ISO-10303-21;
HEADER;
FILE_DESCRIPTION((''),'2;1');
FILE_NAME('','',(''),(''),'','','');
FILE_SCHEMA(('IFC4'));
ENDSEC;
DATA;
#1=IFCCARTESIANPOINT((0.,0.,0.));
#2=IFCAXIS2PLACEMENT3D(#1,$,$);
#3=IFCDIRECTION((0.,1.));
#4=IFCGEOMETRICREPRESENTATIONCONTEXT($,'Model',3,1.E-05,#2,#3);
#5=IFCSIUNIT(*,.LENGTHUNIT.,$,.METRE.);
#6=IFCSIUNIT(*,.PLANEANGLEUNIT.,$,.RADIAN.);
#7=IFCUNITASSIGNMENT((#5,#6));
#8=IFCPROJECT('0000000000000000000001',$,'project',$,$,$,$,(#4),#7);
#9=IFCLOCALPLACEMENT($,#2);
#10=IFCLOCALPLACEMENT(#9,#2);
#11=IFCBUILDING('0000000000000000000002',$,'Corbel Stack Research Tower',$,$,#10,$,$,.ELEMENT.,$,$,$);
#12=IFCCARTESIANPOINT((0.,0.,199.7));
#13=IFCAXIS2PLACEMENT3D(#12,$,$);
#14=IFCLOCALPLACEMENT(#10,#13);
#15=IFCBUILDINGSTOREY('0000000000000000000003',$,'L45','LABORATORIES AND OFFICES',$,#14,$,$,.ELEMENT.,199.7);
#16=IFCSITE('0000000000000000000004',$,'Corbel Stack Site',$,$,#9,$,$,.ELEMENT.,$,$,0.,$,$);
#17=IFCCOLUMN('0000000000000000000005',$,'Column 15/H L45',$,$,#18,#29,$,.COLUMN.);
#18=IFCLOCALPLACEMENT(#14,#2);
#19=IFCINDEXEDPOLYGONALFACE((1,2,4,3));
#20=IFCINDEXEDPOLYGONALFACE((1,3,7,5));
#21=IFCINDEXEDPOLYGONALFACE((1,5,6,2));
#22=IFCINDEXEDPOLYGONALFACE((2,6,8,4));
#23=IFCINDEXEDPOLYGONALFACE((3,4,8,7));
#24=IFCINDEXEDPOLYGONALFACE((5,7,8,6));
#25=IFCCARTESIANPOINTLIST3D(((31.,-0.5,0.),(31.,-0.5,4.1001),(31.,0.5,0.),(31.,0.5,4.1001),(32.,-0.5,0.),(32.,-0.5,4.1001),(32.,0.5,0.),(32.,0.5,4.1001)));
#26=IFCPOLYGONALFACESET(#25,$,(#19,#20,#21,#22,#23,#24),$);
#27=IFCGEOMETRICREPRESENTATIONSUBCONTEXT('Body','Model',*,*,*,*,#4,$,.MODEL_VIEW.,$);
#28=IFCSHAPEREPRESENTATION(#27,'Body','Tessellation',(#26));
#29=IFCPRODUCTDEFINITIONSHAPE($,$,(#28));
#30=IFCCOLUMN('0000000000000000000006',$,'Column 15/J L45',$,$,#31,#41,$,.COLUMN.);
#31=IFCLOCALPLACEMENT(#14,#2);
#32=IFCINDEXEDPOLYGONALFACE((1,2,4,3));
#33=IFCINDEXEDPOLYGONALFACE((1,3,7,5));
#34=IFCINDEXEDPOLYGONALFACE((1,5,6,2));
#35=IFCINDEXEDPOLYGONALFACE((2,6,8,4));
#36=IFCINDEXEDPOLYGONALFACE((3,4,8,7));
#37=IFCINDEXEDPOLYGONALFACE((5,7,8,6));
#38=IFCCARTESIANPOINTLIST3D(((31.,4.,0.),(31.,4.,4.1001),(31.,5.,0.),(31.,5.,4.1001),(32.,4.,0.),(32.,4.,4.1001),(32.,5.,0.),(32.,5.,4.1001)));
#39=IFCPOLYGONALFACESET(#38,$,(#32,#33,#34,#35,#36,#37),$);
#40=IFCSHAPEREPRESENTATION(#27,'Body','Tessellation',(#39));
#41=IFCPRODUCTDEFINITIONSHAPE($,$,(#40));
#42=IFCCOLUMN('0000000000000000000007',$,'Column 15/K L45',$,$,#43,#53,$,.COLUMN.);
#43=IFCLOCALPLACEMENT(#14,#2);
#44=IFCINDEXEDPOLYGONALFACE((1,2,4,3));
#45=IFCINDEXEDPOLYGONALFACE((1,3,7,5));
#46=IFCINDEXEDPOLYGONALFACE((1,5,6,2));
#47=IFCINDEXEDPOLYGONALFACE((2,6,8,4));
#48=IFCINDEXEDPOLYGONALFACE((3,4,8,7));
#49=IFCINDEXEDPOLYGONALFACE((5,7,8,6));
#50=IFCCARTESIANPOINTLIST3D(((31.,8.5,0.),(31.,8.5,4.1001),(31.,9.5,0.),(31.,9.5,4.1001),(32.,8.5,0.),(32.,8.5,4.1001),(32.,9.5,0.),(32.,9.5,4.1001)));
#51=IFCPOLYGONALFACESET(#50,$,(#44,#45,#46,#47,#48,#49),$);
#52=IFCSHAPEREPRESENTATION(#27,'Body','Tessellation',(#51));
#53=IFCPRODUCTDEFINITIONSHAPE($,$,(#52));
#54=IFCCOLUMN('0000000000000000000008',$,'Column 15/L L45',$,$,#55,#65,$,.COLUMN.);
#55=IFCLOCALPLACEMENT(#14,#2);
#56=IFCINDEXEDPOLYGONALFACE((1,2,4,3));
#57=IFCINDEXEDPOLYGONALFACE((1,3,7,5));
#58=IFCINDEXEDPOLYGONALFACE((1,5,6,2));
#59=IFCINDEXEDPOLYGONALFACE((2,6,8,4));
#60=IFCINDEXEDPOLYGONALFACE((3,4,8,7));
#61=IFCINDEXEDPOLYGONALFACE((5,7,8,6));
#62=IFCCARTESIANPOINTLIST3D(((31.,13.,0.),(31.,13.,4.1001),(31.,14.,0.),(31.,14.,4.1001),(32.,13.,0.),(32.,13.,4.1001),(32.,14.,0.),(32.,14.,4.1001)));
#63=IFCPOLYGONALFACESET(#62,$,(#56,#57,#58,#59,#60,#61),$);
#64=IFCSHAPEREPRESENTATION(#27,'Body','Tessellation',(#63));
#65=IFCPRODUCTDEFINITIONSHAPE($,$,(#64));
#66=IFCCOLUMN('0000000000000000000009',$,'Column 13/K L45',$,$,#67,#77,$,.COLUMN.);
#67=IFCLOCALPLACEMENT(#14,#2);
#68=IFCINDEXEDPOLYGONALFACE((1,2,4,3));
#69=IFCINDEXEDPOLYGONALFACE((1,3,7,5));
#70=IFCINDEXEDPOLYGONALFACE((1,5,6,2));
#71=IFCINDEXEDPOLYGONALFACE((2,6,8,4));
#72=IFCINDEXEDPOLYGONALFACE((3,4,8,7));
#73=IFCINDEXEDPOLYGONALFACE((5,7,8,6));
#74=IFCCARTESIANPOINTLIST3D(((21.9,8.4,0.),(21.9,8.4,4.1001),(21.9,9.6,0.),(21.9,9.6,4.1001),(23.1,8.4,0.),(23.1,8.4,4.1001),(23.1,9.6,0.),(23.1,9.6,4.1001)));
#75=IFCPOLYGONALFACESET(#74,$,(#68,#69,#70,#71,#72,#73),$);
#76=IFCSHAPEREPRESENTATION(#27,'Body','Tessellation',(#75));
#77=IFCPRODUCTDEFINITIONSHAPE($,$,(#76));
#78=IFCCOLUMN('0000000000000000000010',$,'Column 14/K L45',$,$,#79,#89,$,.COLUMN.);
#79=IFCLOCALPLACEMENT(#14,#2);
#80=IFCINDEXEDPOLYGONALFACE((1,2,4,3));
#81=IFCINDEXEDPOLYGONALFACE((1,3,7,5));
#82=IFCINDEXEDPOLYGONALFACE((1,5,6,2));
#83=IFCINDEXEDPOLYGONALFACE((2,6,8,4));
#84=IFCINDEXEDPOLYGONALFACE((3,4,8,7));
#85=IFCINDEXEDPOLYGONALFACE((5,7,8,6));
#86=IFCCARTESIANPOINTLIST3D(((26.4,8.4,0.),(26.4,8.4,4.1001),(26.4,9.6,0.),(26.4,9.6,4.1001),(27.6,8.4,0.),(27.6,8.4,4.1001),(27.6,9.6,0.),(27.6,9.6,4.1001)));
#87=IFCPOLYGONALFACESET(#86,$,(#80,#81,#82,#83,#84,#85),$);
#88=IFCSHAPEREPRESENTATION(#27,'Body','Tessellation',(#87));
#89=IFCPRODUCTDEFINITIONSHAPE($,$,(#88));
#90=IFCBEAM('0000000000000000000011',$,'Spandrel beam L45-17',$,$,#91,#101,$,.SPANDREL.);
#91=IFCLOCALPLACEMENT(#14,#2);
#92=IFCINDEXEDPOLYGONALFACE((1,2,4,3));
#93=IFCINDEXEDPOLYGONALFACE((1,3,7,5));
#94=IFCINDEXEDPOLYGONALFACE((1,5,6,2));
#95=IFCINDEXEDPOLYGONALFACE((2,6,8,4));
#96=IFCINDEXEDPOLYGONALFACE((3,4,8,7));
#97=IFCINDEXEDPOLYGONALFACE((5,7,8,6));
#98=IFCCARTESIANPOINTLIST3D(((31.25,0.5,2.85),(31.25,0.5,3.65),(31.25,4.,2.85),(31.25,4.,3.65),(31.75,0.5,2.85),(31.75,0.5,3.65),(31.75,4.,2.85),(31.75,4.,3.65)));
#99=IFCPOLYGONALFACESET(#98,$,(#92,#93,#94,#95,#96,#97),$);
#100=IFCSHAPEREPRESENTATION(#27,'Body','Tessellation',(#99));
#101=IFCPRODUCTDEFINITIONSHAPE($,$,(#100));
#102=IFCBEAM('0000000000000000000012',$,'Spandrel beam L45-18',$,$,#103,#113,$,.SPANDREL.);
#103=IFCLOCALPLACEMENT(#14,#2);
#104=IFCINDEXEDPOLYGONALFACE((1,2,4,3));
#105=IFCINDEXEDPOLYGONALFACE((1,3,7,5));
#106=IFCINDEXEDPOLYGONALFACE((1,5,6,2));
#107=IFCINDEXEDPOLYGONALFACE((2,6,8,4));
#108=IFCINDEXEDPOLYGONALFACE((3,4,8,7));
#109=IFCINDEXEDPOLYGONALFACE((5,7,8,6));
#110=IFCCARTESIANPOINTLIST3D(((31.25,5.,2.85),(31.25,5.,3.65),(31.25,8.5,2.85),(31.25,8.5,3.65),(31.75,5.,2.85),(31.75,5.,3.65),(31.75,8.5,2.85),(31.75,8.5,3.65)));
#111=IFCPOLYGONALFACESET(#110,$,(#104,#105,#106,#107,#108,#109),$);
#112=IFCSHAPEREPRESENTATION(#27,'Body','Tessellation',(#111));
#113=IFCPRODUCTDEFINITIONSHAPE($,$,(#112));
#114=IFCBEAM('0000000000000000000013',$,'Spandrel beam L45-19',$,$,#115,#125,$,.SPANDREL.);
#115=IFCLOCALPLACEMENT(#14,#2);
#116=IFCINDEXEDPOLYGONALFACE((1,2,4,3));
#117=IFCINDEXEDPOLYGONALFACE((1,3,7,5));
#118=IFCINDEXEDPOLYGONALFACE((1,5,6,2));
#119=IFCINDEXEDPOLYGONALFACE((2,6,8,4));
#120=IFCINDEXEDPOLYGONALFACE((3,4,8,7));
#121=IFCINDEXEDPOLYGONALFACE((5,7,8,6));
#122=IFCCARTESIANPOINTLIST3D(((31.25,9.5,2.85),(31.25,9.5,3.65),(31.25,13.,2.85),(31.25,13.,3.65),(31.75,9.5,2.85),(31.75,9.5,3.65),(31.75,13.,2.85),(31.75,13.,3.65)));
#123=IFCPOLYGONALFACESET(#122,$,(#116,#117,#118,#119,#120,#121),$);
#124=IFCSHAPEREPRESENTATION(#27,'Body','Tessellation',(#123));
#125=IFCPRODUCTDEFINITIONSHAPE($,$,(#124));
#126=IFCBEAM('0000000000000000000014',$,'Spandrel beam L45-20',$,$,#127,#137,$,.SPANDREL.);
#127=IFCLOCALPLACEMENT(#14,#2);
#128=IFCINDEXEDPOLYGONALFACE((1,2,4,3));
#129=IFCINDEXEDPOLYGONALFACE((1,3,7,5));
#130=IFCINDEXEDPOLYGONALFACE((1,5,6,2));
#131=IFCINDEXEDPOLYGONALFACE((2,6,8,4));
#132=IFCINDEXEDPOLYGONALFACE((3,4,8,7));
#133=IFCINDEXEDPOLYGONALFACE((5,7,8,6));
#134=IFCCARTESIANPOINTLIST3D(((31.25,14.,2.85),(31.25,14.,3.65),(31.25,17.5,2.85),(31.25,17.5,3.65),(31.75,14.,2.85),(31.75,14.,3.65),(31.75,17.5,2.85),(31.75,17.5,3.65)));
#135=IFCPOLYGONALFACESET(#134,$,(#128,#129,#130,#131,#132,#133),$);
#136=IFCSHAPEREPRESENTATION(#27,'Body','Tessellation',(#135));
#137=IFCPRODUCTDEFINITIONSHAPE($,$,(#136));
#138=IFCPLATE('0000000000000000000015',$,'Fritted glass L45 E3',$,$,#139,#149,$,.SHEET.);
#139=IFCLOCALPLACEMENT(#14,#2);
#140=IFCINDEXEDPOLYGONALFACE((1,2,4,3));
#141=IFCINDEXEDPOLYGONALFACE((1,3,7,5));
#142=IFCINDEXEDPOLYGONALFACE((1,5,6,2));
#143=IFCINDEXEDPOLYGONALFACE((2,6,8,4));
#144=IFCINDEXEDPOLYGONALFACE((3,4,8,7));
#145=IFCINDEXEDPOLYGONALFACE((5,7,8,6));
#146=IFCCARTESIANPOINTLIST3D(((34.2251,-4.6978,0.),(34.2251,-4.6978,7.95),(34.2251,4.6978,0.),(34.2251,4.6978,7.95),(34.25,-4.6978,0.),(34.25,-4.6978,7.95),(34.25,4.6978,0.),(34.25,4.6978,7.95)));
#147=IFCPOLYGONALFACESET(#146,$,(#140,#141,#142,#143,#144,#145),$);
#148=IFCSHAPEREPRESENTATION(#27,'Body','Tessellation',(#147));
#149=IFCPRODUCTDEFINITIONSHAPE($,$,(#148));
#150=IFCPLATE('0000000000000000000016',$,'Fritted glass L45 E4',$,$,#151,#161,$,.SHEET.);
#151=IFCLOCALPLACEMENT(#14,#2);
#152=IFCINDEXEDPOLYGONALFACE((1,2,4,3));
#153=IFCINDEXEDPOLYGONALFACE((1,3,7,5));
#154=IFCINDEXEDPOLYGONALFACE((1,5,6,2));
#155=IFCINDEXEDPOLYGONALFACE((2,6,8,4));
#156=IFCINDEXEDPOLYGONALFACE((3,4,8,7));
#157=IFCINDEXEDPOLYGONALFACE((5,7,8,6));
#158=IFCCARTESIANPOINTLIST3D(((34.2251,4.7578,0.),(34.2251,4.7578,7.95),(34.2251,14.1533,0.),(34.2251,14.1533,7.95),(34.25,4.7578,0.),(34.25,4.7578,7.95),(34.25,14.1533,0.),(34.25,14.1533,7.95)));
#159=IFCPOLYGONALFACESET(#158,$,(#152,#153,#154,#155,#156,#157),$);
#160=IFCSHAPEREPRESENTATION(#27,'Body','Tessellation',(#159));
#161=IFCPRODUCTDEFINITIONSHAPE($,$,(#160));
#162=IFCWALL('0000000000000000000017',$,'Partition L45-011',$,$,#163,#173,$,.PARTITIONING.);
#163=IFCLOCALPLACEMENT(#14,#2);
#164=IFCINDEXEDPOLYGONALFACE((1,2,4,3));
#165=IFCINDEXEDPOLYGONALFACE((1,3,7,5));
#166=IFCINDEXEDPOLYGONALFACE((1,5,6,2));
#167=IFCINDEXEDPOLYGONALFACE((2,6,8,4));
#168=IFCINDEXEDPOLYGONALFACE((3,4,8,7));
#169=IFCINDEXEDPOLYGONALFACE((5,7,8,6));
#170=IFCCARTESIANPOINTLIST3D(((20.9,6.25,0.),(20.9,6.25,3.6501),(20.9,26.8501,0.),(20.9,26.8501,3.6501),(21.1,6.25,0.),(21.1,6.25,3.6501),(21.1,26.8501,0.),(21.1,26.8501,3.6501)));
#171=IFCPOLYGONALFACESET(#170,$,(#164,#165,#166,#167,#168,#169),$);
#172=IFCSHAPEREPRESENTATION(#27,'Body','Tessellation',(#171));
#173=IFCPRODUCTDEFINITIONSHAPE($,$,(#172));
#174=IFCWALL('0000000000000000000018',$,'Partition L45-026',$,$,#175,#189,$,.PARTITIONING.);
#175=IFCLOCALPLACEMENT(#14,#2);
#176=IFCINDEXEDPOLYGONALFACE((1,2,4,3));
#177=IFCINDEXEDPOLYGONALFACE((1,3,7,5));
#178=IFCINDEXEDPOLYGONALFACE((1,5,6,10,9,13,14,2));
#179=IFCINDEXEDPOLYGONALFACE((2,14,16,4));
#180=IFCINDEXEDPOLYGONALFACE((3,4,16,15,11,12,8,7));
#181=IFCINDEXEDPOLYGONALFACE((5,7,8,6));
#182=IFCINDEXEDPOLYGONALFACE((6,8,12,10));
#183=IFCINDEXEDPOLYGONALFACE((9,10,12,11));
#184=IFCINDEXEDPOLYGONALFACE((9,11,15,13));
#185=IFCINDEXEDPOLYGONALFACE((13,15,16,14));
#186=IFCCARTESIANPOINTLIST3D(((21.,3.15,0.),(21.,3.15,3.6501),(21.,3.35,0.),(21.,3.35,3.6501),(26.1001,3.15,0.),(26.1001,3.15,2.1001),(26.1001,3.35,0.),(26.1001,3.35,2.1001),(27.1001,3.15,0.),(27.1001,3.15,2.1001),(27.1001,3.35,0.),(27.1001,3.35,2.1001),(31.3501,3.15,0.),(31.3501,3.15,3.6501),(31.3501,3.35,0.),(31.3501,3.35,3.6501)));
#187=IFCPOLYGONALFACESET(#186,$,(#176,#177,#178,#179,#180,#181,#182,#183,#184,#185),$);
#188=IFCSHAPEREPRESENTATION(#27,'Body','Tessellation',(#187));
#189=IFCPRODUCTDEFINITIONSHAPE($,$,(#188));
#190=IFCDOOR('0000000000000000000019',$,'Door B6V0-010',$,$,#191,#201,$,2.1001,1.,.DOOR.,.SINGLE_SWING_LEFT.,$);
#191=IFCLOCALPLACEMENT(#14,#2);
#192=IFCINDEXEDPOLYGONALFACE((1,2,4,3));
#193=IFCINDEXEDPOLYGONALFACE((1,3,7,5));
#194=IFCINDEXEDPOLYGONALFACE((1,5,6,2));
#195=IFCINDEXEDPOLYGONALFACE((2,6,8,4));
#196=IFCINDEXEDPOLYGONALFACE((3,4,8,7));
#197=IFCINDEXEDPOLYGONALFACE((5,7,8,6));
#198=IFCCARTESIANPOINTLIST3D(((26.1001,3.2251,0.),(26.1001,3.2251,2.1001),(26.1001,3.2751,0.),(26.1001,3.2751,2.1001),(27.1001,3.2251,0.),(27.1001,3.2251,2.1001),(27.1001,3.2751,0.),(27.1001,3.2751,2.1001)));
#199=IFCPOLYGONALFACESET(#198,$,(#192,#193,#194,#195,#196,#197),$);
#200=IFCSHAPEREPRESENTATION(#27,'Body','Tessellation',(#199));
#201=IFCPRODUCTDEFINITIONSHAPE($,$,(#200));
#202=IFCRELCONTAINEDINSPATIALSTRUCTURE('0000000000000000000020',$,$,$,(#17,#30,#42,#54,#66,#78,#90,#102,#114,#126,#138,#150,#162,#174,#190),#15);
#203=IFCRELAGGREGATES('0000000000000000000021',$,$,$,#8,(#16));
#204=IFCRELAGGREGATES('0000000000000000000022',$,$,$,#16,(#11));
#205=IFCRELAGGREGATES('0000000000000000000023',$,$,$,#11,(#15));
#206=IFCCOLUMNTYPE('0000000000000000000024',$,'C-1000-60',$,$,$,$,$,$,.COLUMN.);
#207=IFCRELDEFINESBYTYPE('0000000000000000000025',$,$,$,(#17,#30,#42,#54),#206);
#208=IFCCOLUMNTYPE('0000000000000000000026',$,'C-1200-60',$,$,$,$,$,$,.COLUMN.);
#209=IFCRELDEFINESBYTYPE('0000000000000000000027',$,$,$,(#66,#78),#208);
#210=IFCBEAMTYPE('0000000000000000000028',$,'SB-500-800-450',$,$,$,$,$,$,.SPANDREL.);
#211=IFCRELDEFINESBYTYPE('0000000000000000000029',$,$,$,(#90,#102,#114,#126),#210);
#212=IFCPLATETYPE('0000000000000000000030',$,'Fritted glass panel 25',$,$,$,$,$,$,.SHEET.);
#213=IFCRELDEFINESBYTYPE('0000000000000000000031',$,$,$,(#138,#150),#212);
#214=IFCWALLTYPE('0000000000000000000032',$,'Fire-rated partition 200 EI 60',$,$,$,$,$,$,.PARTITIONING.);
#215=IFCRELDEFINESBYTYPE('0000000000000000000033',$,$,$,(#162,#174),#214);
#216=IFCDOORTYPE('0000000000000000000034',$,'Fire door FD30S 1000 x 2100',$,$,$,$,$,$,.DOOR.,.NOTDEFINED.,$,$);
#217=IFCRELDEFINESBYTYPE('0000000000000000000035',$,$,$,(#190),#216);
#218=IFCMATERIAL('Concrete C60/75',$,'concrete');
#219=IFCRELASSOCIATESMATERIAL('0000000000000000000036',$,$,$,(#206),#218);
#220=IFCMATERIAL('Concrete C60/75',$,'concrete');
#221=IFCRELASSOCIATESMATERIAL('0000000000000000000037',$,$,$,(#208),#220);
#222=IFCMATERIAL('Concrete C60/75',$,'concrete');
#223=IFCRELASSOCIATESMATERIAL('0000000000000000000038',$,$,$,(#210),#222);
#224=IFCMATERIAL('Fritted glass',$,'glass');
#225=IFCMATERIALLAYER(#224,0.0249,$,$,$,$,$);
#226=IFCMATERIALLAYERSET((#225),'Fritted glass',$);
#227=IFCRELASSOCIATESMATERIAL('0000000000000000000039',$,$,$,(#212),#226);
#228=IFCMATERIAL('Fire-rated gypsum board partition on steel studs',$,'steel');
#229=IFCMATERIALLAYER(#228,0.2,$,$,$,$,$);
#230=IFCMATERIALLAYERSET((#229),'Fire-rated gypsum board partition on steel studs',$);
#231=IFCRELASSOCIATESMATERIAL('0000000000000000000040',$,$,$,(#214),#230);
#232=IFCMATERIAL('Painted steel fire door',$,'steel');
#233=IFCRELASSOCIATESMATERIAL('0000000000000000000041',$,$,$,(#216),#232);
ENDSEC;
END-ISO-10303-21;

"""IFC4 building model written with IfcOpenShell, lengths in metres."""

from ifc_helpers import new_model, si_unit, direction, frame, frame_2d, origin, origin_2d, place, context, subcontext, project, spatial, rectangle, extrude, material, layer, layer_set, material_profile, profile_set, type_object, element, fill, save


model = new_model("IFC4")

# Units and contexts
model_context = context("Model", 3, precision=1e-05, world=origin(), true_north=direction((0.0, 1.0)))
body_context = subcontext(model_context, "Body", "Model", "MODEL_VIEW")
ifc_project = project(units=[si_unit("LENGTHUNIT", "METRE"), si_unit("PLANEANGLEUNIT", "RADIAN")], contexts=[model_context])

# Site, building, storey
site_placement = place(None, origin())
site = spatial("IfcSite", under=ifc_project, at=site_placement, Name="Corbel Stack Site", CompositionType="ELEMENT", RefElevation=0.0)
building_placement = place(site_placement, origin())
building = spatial("IfcBuilding", under=site, at=building_placement, Name="Corbel Stack Research Tower", CompositionType="ELEMENT")
storey_placement = place(building_placement, frame((0.0, 0.0, 199.7)))
storey = spatial("IfcBuildingStorey", under=building, at=storey_placement, Name="L45", Description="LABORATORIES AND OFFICES", CompositionType="ELEMENT", Elevation=199.7)

# Columns
ifc_material_1 = material(Name="Concrete C60/75", Category="concrete")
ifc_material_profile_1 = material_profile(ifc_material_1, rectangle(XDim=1.0, YDim=1.0, at=origin_2d()), Name="RC 1000 x 1000")
ifc_profile_set_1 = profile_set([ifc_material_profile_1], Name="Concrete C60/75")
column_type_1 = type_object("IfcColumnType", Name="C-1000-60", PredefinedType="COLUMN", material=ifc_profile_set_1)
for number, where, z_axis, x_axis, name in (
    (1, (31.5, 0.0, 0.0), (0.0, 0.0, 1.0), (1.0, 0.0, 0.0), "Column 15/H L45"),
    (2, (31.5, 4.5, 0.0), (0.0, 0.0, 1.0), (1.0, 0.0, 0.0), "Column 15/J L45"),
    (3, (31.5, 9.0, 0.0), (0.0, 0.0, 1.0), (1.0, 0.0, 0.0), "Column 15/K L45"),
    (4, (31.5, 13.5, 0.0), (0.0, 0.0, 1.0), (1.0, 0.0, 0.0), "Column 15/L L45"),
):
    element("IfcColumn", number, at=place(storey_placement, frame(where, z_axis=z_axis, x_axis=x_axis)), inside=storey, type_object=column_type_1, Name=name, PredefinedType="COLUMN", context=body_context, shape_type="SweptSolid", body=[
        extrude(rectangle(XDim=1.0, YDim=1.0, at=origin_2d()), origin(), (0.0, 0.0, 1.0), 4.1001),
    ])
ifc_material_2 = material(Name="Concrete C60/75", Category="concrete")
ifc_material_profile_2 = material_profile(ifc_material_2, rectangle(XDim=1.2, YDim=1.2, at=origin_2d()), Name="RC 1200 x 1200")
ifc_profile_set_2 = profile_set([ifc_material_profile_2], Name="Concrete C60/75")
column_type_2 = type_object("IfcColumnType", Name="C-1200-60", PredefinedType="COLUMN", material=ifc_profile_set_2)
for number, where, z_axis, x_axis, name in (
    (5, (22.5, 9.0, 0.0), (0.0, 0.0, 1.0), (1.0, 0.0, 0.0), "Column 13/K L45"),
    (6, (27.0, 9.0, 0.0), (0.0, 0.0, 1.0), (1.0, 0.0, 0.0), "Column 14/K L45"),
):
    element("IfcColumn", number, at=place(storey_placement, frame(where, z_axis=z_axis, x_axis=x_axis)), inside=storey, type_object=column_type_2, Name=name, PredefinedType="COLUMN", context=body_context, shape_type="SweptSolid", body=[
        extrude(rectangle(XDim=1.2, YDim=1.2, at=origin_2d()), origin(), (0.0, 0.0, 1.0), 4.1001),
    ])

# Beams
ifc_material_3 = material(Name="Concrete C60/75", Category="concrete")
ifc_material_profile_3 = material_profile(ifc_material_3, rectangle(XDim=0.5, YDim=0.8, at=origin_2d()), Name="RC 500 x 800")
ifc_profile_set_3 = profile_set([ifc_material_profile_3], Name="Concrete C60/75")
beam_type = type_object("IfcBeamType", Name="SB-500-800-450", PredefinedType="SPANDREL", material=ifc_profile_set_3)
for number, where, z_axis, x_axis, name in (
    (7, (31.5, 0.5, 3.25), (0.0, 1.0, 0.0), (-1.0, 0.0, 0.0), "Spandrel beam L45-17"),
    (8, (31.5, 5.0, 3.25), (0.0, 1.0, 0.0), (-1.0, 0.0, 0.0), "Spandrel beam L45-18"),
    (9, (31.5, 9.5, 3.25), (0.0, 1.0, 0.0), (-1.0, 0.0, 0.0), "Spandrel beam L45-19"),
    (10, (31.5, 14.0, 3.25), (0.0, 1.0, 0.0), (-1.0, 0.0, 0.0), "Spandrel beam L45-20"),
):
    element("IfcBeam", number, at=place(storey_placement, frame(where, z_axis=z_axis, x_axis=x_axis)), inside=storey, type_object=beam_type, Name=name, PredefinedType="SPANDREL", context=body_context, shape_type="SweptSolid", body=[
        extrude(rectangle(XDim=0.5, YDim=0.8, at=origin_2d()), origin(), (0.0, 0.0, 1.0), 3.5),
    ])

# Plates
ifc_material_4 = material(Name="Fritted glass", Category="glass")
ifc_layer_1 = layer(ifc_material_4, 0.0249)
ifc_layer_set_1 = layer_set([ifc_layer_1], Name="Fritted glass")
plate_type = type_object("IfcPlateType", Name="Fritted glass panel 25", PredefinedType="SHEET", material=ifc_layer_set_1)
for number, where, z_axis, x_axis, name in (
    (11, (34.2375, 0.0, 0.0), (0.0, 0.0, 1.0), (0.0, 1.0, 0.0), "Fritted glass L45 E3"),
    (12, (34.2375, 9.4556, 0.0), (0.0, 0.0, 1.0), (0.0, 1.0, 0.0), "Fritted glass L45 E4"),
):
    element("IfcPlate", number, at=place(storey_placement, frame(where, z_axis=z_axis, x_axis=x_axis)), inside=storey, type_object=plate_type, Name=name, PredefinedType="SHEET", context=body_context, shape_type="SweptSolid", body=[
        extrude(rectangle(XDim=9.3955, YDim=0.0249, at=origin_2d()), origin(), (0.0, 0.0, 1.0), 7.95),
    ])

# Wall
ifc_material_5 = material(Name="Fire-rated gypsum board partition on steel studs", Category="steel")
ifc_layer_2 = layer(ifc_material_5, 0.2)
ifc_layer_set_2 = layer_set([ifc_layer_2], Name="Fire-rated gypsum board partition on steel studs")
wall_type_1 = type_object("IfcWallType", Name="Fire-rated partition 200 EI 60", PredefinedType="PARTITIONING", material=ifc_layer_set_2)
wall_1_placement = place(storey_placement, frame((21.0, 6.25, 0.0), z_axis=(0.0, 0.0, 1.0), x_axis=(0.0, 1.0, 0.0)))
element("IfcWall", 13, at=wall_1_placement, inside=storey, type_object=wall_type_1, Name="Partition L45-011", PredefinedType="PARTITIONING", context=body_context, shape_type="SweptSolid", body=[
    extrude(rectangle(XDim=20.6001, YDim=0.2, at=frame_2d((10.3, 0.0))), origin(), (0.0, 0.0, 1.0), 3.6501),
])

# Wall, opening, door
wall_2_placement = place(storey_placement, frame((31.3501, 3.25, 0.0), z_axis=(0.0, 0.0, 1.0), x_axis=(-1.0, 0.0, 0.0)))
wall_2 = element("IfcWall", 14, at=wall_2_placement, inside=storey, type_object=wall_type_1, Name="Partition L45-026", PredefinedType="PARTITIONING", context=body_context, shape_type="SweptSolid", body=[
    extrude(rectangle(XDim=10.3501, YDim=0.2, at=frame_2d((5.175, 0.0))), origin(), (0.0, 0.0, 1.0), 3.6501),
])
opening_1_placement = place(wall_2_placement, frame((4.25, 0.0, 0.0)))
opening_1 = element("IfcOpeningElement", 15, at=opening_1_placement, cuts=wall_2, PredefinedType="OPENING", context=body_context, shape_type="SweptSolid", body=[
    extrude(rectangle(XDim=1.0, YDim=2.1001, at=frame_2d((0.5, 1.05))), frame((0.0, 0.1099, 0.0), z_axis=(0.0, -1.0, 0.0), x_axis=(1.0, 0.0, 0.0)), (0.0, 0.0, 1.0), 0.22),
])
ifc_material_6 = material(Name="Painted steel fire door", Category="steel")
door_type_1 = type_object("IfcDoorType", Name="Fire door FD30S 1000 x 2100", OperationType="NOTDEFINED", PredefinedType="DOOR", material=ifc_material_6)
door_1_placement = place(opening_1_placement, origin())
door_1 = element("IfcDoor", 16, at=door_1_placement, inside=storey, type_object=door_type_1, Name="Door B6V0-010", OperationType="SINGLE_SWING_LEFT", OverallHeight=2.1001, OverallWidth=1.0, PredefinedType="DOOR", context=body_context, shape_type="SweptSolid", body=[
    extrude(rectangle(XDim=1.0, YDim=2.1001, at=frame_2d((0.5, 1.05))), frame((0.0, 0.0249, 0.0), z_axis=(0.0, -1.0, 0.0), x_axis=(1.0, 0.0, 0.0)), (0.0, 0.0, 1.0), 0.05),
])
fill(opening_1, door_1)

save(model, "model.ifc")
